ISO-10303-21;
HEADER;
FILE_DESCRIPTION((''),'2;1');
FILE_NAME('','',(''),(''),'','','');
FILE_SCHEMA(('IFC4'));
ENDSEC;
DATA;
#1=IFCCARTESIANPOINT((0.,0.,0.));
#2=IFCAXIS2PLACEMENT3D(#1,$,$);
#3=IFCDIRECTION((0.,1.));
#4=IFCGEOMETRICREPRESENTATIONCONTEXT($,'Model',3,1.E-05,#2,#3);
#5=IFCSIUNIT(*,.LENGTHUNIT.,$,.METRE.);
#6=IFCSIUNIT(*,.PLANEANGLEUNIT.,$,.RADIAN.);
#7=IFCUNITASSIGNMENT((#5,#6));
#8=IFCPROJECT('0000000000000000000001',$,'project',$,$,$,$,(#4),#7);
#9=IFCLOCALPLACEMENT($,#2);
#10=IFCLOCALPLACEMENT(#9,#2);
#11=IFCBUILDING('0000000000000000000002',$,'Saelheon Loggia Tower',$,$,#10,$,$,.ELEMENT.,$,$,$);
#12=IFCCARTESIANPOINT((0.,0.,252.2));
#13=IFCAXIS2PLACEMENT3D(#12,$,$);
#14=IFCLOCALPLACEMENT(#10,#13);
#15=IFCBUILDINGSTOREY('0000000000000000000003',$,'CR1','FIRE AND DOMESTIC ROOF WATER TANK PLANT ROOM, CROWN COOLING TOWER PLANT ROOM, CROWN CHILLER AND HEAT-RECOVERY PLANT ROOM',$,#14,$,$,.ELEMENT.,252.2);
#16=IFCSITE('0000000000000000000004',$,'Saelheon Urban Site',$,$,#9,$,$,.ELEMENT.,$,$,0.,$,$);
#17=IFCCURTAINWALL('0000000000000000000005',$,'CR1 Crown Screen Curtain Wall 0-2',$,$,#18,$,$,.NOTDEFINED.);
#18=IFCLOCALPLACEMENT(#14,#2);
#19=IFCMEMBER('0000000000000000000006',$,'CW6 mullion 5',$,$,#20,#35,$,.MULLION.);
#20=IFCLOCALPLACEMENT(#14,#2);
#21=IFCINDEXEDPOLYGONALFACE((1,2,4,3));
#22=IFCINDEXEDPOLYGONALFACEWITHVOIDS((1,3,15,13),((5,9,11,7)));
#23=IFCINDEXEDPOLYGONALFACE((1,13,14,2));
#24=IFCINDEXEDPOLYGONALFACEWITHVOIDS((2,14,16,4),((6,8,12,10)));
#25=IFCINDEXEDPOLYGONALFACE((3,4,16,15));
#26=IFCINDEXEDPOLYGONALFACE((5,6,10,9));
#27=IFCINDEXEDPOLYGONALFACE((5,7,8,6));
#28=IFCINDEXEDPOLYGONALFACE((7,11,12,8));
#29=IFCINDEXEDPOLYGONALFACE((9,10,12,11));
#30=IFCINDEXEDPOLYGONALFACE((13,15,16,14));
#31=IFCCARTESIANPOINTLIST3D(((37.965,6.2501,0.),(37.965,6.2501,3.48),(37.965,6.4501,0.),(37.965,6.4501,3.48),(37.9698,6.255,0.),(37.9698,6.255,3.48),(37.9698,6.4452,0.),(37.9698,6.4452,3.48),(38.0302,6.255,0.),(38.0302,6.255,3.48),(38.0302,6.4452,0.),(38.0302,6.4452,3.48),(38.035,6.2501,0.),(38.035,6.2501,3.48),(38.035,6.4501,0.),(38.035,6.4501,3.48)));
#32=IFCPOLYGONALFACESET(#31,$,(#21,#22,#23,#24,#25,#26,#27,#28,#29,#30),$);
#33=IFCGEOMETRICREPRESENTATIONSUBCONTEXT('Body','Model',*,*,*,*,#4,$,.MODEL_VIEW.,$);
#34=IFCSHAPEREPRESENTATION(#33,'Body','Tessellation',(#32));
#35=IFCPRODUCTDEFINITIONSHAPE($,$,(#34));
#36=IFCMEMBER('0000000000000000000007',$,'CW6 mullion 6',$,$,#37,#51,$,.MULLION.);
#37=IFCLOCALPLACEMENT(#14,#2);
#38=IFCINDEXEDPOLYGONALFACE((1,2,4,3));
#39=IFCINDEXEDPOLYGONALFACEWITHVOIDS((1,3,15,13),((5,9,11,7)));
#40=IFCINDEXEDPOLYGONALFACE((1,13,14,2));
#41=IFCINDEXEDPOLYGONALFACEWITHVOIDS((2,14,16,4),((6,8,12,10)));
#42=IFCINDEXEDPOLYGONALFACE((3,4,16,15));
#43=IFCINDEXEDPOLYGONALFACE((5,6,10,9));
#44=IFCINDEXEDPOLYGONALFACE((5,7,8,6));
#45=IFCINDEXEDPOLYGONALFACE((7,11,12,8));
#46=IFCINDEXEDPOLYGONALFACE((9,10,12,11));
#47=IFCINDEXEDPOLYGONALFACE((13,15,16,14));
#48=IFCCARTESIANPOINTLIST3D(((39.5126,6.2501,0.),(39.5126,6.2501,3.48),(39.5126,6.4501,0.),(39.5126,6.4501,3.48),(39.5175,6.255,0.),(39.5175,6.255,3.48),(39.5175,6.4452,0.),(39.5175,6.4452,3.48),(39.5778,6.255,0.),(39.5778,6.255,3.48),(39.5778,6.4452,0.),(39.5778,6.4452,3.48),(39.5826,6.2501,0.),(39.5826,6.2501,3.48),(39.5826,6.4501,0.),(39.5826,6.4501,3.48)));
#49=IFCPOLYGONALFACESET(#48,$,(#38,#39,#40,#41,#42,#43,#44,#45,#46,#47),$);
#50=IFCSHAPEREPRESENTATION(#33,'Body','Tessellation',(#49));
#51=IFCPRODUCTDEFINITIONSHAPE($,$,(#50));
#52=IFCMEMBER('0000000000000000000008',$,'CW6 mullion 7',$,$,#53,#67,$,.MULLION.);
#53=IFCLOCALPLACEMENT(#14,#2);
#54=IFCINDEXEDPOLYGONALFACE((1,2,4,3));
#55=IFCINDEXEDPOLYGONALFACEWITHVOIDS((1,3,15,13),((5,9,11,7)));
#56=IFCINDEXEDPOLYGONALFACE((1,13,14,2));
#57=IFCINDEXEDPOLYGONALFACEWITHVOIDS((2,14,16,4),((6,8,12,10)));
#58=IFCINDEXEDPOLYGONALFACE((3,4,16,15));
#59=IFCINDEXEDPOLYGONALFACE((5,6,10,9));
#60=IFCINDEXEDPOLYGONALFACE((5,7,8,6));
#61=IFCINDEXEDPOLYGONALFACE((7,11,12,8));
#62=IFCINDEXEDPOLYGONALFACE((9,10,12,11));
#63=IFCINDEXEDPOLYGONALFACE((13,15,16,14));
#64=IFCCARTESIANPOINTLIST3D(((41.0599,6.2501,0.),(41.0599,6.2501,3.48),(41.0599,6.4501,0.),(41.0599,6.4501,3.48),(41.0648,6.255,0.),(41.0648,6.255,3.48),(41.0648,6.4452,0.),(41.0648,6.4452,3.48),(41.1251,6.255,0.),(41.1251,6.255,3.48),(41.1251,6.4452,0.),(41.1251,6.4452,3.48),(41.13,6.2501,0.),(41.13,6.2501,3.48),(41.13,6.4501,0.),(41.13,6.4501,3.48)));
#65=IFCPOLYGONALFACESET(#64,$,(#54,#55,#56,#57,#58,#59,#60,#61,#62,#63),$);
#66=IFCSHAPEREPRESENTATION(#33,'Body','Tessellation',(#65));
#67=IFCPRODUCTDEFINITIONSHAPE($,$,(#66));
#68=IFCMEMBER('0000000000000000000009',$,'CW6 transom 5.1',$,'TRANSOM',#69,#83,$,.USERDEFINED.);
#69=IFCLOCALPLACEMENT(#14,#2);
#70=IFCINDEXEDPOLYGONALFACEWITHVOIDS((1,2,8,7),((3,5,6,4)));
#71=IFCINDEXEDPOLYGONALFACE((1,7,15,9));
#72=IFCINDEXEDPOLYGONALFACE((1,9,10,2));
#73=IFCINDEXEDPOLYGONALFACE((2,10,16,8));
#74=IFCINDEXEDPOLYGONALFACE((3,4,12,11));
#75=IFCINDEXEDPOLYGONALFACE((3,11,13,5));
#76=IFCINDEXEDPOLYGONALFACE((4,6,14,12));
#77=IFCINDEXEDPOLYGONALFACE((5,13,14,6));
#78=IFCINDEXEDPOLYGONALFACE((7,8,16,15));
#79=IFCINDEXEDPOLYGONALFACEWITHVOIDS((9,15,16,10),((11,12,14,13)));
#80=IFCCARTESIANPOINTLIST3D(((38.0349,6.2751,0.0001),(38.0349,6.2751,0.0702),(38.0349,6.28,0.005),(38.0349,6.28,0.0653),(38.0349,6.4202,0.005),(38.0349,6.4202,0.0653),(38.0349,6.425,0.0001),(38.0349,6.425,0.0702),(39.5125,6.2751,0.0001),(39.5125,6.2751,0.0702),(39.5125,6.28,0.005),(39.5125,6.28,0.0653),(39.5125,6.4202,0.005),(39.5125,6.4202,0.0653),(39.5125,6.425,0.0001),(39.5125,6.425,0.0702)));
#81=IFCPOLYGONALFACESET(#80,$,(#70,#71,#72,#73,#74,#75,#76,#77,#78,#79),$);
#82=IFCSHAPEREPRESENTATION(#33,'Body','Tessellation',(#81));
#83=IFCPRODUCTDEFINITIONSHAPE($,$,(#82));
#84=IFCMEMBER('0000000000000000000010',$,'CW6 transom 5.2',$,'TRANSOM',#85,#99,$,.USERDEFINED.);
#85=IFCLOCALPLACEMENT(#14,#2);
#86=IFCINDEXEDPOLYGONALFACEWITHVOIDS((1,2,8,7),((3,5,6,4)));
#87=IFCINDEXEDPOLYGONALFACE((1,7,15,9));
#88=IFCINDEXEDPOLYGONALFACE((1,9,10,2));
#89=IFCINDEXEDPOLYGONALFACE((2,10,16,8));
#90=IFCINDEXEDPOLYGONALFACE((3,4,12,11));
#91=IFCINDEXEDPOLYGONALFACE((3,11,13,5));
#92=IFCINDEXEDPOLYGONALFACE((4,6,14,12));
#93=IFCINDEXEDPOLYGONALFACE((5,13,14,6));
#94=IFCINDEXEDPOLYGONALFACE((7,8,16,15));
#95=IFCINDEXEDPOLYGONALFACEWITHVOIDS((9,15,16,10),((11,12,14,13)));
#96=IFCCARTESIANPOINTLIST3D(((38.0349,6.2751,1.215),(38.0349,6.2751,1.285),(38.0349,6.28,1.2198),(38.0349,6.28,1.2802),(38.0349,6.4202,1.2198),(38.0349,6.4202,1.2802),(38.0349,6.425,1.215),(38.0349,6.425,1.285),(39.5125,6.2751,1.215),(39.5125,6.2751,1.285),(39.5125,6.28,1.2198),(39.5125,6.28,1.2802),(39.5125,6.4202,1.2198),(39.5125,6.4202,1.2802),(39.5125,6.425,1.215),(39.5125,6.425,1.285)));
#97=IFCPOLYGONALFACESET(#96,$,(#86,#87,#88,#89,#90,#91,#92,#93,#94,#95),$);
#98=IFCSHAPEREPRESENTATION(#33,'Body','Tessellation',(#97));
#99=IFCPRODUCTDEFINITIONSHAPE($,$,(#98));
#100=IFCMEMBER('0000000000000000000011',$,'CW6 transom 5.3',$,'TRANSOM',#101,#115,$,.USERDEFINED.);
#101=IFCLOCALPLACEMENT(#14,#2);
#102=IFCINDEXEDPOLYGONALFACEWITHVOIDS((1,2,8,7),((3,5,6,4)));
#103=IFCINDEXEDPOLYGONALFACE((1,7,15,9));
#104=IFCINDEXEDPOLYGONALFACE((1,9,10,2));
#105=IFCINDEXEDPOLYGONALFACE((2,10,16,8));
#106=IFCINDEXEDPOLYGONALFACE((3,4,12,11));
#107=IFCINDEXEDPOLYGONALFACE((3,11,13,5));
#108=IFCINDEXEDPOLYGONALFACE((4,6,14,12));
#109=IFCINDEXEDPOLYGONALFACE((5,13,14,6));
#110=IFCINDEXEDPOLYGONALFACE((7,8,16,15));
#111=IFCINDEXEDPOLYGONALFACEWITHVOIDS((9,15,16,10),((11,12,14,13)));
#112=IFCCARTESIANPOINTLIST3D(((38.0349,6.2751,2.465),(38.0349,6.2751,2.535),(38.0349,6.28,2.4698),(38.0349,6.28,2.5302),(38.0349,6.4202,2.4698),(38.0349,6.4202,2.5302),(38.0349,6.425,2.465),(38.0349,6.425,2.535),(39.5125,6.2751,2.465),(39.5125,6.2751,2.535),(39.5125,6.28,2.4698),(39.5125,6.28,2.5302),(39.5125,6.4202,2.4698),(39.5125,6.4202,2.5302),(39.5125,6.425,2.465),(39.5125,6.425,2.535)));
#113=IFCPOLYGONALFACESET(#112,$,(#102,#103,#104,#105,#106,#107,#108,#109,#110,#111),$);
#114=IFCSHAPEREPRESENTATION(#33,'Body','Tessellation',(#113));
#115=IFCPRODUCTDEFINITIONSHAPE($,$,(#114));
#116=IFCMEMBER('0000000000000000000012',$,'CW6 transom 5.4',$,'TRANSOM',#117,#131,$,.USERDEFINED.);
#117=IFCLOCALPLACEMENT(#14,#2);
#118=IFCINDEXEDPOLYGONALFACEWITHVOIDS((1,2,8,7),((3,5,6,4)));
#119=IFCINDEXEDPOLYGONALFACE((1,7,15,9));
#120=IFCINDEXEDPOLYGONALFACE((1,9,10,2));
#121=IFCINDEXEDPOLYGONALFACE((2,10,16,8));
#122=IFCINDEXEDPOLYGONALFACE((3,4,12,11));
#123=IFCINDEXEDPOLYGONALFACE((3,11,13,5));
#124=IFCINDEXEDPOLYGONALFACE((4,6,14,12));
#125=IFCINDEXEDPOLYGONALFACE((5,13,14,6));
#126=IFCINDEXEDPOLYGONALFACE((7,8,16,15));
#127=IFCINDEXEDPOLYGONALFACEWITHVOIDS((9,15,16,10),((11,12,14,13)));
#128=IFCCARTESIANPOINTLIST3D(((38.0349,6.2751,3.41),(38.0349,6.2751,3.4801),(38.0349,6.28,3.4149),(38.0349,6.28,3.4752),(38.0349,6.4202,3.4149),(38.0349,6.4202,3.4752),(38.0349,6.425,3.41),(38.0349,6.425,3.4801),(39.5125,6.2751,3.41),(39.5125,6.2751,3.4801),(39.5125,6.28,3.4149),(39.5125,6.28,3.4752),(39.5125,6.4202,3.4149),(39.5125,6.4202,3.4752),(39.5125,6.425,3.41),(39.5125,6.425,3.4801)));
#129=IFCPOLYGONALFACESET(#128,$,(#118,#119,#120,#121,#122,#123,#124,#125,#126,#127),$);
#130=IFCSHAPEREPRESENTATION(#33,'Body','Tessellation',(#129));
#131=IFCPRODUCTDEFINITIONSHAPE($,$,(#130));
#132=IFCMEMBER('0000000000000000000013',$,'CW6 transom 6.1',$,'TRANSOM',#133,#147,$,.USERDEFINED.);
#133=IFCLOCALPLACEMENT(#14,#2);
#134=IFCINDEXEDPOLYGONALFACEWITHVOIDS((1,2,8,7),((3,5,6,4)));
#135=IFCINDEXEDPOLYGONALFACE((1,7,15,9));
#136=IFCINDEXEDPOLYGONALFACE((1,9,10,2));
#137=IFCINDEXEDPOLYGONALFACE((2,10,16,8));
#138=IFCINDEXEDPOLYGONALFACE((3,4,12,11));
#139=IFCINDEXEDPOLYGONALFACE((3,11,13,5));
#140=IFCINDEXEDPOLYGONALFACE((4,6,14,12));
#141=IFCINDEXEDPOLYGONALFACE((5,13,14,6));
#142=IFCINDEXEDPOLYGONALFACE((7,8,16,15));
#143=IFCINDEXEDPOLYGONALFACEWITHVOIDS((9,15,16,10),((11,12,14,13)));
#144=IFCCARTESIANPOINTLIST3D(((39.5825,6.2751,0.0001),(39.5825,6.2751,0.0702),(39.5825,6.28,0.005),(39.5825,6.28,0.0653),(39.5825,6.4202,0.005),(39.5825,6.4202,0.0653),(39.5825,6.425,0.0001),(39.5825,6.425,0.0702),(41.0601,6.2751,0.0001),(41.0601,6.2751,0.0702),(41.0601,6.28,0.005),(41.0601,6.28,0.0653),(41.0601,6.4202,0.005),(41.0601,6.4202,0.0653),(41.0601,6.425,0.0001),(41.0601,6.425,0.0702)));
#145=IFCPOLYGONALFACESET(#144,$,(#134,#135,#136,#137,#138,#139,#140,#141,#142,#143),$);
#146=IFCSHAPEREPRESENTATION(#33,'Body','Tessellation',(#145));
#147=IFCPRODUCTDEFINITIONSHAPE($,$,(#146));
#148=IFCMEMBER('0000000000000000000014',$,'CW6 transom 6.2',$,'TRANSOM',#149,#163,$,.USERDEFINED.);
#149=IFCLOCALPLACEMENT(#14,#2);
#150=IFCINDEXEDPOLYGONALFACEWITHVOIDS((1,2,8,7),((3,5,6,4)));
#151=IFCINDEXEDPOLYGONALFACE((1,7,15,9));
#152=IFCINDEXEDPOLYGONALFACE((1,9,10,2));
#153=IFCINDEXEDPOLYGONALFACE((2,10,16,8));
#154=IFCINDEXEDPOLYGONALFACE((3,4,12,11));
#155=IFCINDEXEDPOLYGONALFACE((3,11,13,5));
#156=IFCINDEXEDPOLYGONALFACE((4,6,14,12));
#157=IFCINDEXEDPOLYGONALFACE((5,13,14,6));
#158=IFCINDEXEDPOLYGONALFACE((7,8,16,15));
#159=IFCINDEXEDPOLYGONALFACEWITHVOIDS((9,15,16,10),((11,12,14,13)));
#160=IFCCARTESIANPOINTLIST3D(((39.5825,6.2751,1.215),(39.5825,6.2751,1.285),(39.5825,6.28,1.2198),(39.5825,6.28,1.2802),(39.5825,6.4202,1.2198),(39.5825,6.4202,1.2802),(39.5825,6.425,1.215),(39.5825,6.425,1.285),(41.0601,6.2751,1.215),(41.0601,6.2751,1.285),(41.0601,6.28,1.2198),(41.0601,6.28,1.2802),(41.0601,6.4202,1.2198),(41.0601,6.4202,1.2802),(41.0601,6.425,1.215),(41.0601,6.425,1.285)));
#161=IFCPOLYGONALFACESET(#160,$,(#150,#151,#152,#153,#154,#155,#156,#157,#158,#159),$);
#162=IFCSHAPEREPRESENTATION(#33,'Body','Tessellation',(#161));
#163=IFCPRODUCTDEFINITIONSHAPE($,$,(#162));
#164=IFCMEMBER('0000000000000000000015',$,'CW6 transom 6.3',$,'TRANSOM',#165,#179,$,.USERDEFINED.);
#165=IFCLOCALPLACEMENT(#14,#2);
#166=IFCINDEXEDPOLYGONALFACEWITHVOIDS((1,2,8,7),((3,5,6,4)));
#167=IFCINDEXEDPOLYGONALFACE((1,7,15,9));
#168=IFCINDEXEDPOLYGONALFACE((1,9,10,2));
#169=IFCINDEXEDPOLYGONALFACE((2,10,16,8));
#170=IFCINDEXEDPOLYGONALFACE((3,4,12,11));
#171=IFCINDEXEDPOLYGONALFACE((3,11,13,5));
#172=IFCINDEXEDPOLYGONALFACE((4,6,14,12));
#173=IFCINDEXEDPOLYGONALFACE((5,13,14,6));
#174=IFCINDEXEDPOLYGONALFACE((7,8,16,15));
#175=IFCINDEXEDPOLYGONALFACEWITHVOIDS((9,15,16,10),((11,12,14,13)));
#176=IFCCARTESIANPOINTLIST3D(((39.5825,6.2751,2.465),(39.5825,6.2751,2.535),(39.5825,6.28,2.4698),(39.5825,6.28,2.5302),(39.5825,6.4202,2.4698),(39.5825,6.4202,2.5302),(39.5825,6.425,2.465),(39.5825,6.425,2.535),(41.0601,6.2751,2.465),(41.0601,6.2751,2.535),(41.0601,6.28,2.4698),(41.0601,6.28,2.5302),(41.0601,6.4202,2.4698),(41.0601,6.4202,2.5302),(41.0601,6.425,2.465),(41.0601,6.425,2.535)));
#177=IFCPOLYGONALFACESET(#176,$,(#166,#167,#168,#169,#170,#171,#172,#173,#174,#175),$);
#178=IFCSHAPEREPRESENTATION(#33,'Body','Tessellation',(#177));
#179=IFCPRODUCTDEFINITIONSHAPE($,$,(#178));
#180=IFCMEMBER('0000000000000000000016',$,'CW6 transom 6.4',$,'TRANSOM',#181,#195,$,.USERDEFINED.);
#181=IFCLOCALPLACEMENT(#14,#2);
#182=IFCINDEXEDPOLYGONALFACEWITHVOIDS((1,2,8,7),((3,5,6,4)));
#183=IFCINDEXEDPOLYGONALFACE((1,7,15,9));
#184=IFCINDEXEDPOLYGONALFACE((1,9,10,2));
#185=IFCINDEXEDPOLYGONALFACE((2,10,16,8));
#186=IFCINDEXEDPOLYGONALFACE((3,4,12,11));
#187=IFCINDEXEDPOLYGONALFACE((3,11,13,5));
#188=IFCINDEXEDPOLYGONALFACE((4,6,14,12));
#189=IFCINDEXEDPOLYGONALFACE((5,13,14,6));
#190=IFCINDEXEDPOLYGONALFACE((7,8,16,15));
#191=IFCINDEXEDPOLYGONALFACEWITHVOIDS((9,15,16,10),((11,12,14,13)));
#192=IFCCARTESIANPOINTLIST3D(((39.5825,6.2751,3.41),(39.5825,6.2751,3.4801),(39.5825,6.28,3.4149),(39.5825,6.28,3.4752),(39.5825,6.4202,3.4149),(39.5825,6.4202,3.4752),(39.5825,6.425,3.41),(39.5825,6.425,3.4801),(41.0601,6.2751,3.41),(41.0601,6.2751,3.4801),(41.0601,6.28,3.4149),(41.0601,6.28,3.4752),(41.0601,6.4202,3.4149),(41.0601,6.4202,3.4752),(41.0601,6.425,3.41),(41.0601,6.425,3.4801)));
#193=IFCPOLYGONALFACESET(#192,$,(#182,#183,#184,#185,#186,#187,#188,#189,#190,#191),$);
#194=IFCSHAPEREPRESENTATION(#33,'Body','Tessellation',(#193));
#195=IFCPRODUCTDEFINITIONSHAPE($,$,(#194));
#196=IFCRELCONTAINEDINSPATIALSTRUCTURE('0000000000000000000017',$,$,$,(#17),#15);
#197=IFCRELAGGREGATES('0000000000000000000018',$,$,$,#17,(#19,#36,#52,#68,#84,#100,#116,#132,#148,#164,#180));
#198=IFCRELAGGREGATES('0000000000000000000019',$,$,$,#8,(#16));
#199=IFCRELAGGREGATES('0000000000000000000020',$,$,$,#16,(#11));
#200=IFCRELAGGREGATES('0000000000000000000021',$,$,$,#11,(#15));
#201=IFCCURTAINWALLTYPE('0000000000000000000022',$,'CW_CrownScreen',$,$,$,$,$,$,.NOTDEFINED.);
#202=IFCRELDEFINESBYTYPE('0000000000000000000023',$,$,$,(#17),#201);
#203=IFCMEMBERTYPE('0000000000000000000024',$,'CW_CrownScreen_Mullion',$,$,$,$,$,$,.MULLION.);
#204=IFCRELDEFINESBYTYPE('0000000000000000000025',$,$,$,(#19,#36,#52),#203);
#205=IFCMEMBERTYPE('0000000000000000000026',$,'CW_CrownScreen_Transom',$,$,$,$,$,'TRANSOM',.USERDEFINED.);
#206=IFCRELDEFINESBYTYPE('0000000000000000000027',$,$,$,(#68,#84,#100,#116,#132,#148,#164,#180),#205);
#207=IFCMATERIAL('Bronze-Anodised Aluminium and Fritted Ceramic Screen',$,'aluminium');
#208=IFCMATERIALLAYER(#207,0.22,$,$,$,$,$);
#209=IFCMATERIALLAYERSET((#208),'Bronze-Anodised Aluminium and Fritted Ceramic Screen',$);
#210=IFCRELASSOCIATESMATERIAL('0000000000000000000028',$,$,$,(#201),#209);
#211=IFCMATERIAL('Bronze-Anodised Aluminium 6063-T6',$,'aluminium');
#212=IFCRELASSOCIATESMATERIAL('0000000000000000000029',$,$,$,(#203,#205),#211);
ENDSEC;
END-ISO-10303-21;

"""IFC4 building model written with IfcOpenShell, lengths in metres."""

from ifc_helpers import new_model, si_unit, direction, frame, origin, origin_2d, place, context, subcontext, project, spatial, hollow_rectangle, extrude, source, transform, mapped, material, layer, layer_set, material_profile, profile_set, type_object, element, aggregate, save


model = new_model("IFC4")

# Units and contexts
model_context = context("Model", 3, precision=1e-05, world=origin(), true_north=direction((0.0, 1.0)))
body_context = subcontext(model_context, "Body", "Model", "MODEL_VIEW")
ifc_project = project(units=[si_unit("LENGTHUNIT", "METRE"), si_unit("PLANEANGLEUNIT", "RADIAN")], contexts=[model_context])

# Site, building, storey
site_placement = place(None, origin())
site = spatial("IfcSite", under=ifc_project, at=site_placement, Name="Saelheon Urban Site", CompositionType="ELEMENT", RefElevation=0.0)
building_placement = place(site_placement, origin())
building = spatial("IfcBuilding", under=site, at=building_placement, Name="Saelheon Loggia Tower", CompositionType="ELEMENT")
storey_placement = place(building_placement, frame((0.0, 0.0, 252.2)))
storey = spatial("IfcBuildingStorey", under=building, at=storey_placement, Name="CR1", Description="FIRE AND DOMESTIC ROOF WATER TANK PLANT ROOM, CROWN COOLING TOWER PLANT ROOM, CROWN CHILLER AND HEAT-RECOVERY PLANT ROOM", CompositionType="ELEMENT", Elevation=252.2)

# Curtain wall, members
ifc_material_1 = material(Name="Bronze-Anodised Aluminium and Fritted Ceramic Screen", Category="aluminium")
ifc_layer_1 = layer(ifc_material_1, 0.22)
ifc_layer_set_1 = layer_set([ifc_layer_1], Name="Bronze-Anodised Aluminium and Fritted Ceramic Screen")
curtain_wall_type = type_object("IfcCurtainWallType", Name="CW_CrownScreen", PredefinedType="NOTDEFINED", material=ifc_layer_set_1)
curtain_wall_placement = place(storey_placement, origin())
curtain_wall = element("IfcCurtainWall", 1, at=curtain_wall_placement, inside=storey, type_object=curtain_wall_type, Name="CR1 Crown Screen Curtain Wall 0-2", PredefinedType="NOTDEFINED")
ifc_material_2 = material(Name="Bronze-Anodised Aluminium 6063-T6", Category="aluminium")
ifc_material_profile_1 = material_profile(ifc_material_2, hollow_rectangle(XDim=0.0701, YDim=0.2, WallThickness=0.0049, at=origin_2d()), Name="RHS-200x70x5")
ifc_profile_set_1 = profile_set([ifc_material_profile_1], Name="Bronze-Anodised Aluminium 6063-T6")
member_type_1 = type_object("IfcMemberType", Name="CW_CrownScreen_Mullion", PredefinedType="MULLION", material=ifc_profile_set_1)
shared_shape_1 = source(origin(), body_context, "Body", "SweptSolid", [
    extrude(hollow_rectangle(XDim=0.0701, YDim=0.2, WallThickness=0.0049, at=origin_2d()), origin(), (0.0, 0.0, 1.0), 3.48),
])
member_1_placement = place(storey_placement, frame((38.0, 6.3501, 0.0), z_axis=(0.0, 0.0, 1.0), x_axis=(1.0, 0.0, 0.0)))
member_1 = element("IfcMember", 2, at=member_1_placement, type_object=member_type_1, Name="CW6 mullion 5", PredefinedType="MULLION", context=body_context, shape_type="MappedRepresentation", body=[
    mapped(shared_shape_1, transform((0.0, 0.0, 0.0), scale=1.0)),
])
member_2_placement = place(storey_placement, frame((39.5476, 6.3501, 0.0), z_axis=(0.0, 0.0, 1.0), x_axis=(1.0, 0.0, 0.0)))
member_2 = element("IfcMember", 3, at=member_2_placement, type_object=member_type_1, Name="CW6 mullion 6", PredefinedType="MULLION", context=body_context, shape_type="MappedRepresentation", body=[
    mapped(shared_shape_1, transform((0.0, 0.0, 0.0), scale=1.0)),
])
member_3_placement = place(storey_placement, frame((41.095, 6.3501, 0.0), z_axis=(0.0, 0.0, 1.0), x_axis=(1.0, 0.0, 0.0)))
member_3 = element("IfcMember", 4, at=member_3_placement, type_object=member_type_1, Name="CW6 mullion 7", PredefinedType="MULLION", context=body_context, shape_type="MappedRepresentation", body=[
    mapped(shared_shape_1, transform((0.0, 0.0, 0.0), scale=1.0)),
])
ifc_material_profile_2 = material_profile(ifc_material_2, hollow_rectangle(XDim=0.0701, YDim=0.1499, WallThickness=0.0049, at=origin_2d()), Name="RHS-150x70x5")
ifc_profile_set_2 = profile_set([ifc_material_profile_2], Name="Bronze-Anodised Aluminium 6063-T6")
member_type_2 = type_object("IfcMemberType", Name="CW_CrownScreen_Transom", ElementType="TRANSOM", PredefinedType="USERDEFINED", material=ifc_profile_set_2)
shared_shape_2 = source(origin(), body_context, "Body", "SweptSolid", [
    extrude(hollow_rectangle(XDim=0.0701, YDim=0.1499, WallThickness=0.0049, at=origin_2d()), origin(), (0.0, 0.0, 1.0), 1.4775),
])
member_4_placement = place(storey_placement, frame((38.0349, 6.3501, 0.0352), z_axis=(1.0, 0.0, 0.0), x_axis=(0.0, 0.0, 1.0)))
member_4 = element("IfcMember", 5, at=member_4_placement, type_object=member_type_2, Name="CW6 transom 5.1", ObjectType="TRANSOM", PredefinedType="USERDEFINED", context=body_context, shape_type="MappedRepresentation", body=[
    mapped(shared_shape_2, transform((0.0, 0.0, 0.0), scale=1.0)),
])
member_5_placement = place(storey_placement, frame((38.0349, 6.3501, 1.25), z_axis=(1.0, 0.0, 0.0), x_axis=(0.0, 0.0, 1.0)))
member_5 = element("IfcMember", 6, at=member_5_placement, type_object=member_type_2, Name="CW6 transom 5.2", ObjectType="TRANSOM", PredefinedType="USERDEFINED", context=body_context, shape_type="MappedRepresentation", body=[
    mapped(shared_shape_2, transform((0.0, 0.0, 0.0), scale=1.0)),
])
member_6_placement = place(storey_placement, frame((38.0349, 6.3501, 2.5), z_axis=(1.0, 0.0, 0.0), x_axis=(0.0, 0.0, 1.0)))
member_6 = element("IfcMember", 7, at=member_6_placement, type_object=member_type_2, Name="CW6 transom 5.3", ObjectType="TRANSOM", PredefinedType="USERDEFINED", context=body_context, shape_type="MappedRepresentation", body=[
    mapped(shared_shape_2, transform((0.0, 0.0, 0.0), scale=1.0)),
])
member_7_placement = place(storey_placement, frame((38.0349, 6.3501, 3.4451), z_axis=(1.0, 0.0, 0.0), x_axis=(0.0, 0.0, 1.0)))
member_7 = element("IfcMember", 8, at=member_7_placement, type_object=member_type_2, Name="CW6 transom 5.4", ObjectType="TRANSOM", PredefinedType="USERDEFINED", context=body_context, shape_type="MappedRepresentation", body=[
    mapped(shared_shape_2, transform((0.0, 0.0, 0.0), scale=1.0)),
])
member_8_placement = place(storey_placement, frame((39.5825, 6.3501, 0.0352), z_axis=(1.0, 0.0, 0.0), x_axis=(0.0, 0.0, 1.0)))
member_8 = element("IfcMember", 9, at=member_8_placement, type_object=member_type_2, Name="CW6 transom 6.1", ObjectType="TRANSOM", PredefinedType="USERDEFINED", context=body_context, shape_type="MappedRepresentation", body=[
    mapped(shared_shape_2, transform((0.0, 0.0, 0.0), scale=1.0)),
])
member_9_placement = place(storey_placement, frame((39.5825, 6.3501, 1.25), z_axis=(1.0, 0.0, 0.0), x_axis=(0.0, 0.0, 1.0)))
member_9 = element("IfcMember", 10, at=member_9_placement, type_object=member_type_2, Name="CW6 transom 6.2", ObjectType="TRANSOM", PredefinedType="USERDEFINED", context=body_context, shape_type="MappedRepresentation", body=[
    mapped(shared_shape_2, transform((0.0, 0.0, 0.0), scale=1.0)),
])
member_10_placement = place(storey_placement, frame((39.5825, 6.3501, 2.5), z_axis=(1.0, 0.0, 0.0), x_axis=(0.0, 0.0, 1.0)))
member_10 = element("IfcMember", 11, at=member_10_placement, type_object=member_type_2, Name="CW6 transom 6.3", ObjectType="TRANSOM", PredefinedType="USERDEFINED", context=body_context, shape_type="MappedRepresentation", body=[
    mapped(shared_shape_2, transform((0.0, 0.0, 0.0), scale=1.0)),
])
member_11_placement = place(storey_placement, frame((39.5825, 6.3501, 3.4451), z_axis=(1.0, 0.0, 0.0), x_axis=(0.0, 0.0, 1.0)))
member_11 = element("IfcMember", 12, at=member_11_placement, type_object=member_type_2, Name="CW6 transom 6.4", ObjectType="TRANSOM", PredefinedType="USERDEFINED", context=body_context, shape_type="MappedRepresentation", body=[
    mapped(shared_shape_2, transform((0.0, 0.0, 0.0), scale=1.0)),
])
aggregate(curtain_wall, [member_1, member_2, member_3, member_4, member_5, member_6, member_7, member_8, member_9, member_10, member_11])

save(model, "model.ifc")
